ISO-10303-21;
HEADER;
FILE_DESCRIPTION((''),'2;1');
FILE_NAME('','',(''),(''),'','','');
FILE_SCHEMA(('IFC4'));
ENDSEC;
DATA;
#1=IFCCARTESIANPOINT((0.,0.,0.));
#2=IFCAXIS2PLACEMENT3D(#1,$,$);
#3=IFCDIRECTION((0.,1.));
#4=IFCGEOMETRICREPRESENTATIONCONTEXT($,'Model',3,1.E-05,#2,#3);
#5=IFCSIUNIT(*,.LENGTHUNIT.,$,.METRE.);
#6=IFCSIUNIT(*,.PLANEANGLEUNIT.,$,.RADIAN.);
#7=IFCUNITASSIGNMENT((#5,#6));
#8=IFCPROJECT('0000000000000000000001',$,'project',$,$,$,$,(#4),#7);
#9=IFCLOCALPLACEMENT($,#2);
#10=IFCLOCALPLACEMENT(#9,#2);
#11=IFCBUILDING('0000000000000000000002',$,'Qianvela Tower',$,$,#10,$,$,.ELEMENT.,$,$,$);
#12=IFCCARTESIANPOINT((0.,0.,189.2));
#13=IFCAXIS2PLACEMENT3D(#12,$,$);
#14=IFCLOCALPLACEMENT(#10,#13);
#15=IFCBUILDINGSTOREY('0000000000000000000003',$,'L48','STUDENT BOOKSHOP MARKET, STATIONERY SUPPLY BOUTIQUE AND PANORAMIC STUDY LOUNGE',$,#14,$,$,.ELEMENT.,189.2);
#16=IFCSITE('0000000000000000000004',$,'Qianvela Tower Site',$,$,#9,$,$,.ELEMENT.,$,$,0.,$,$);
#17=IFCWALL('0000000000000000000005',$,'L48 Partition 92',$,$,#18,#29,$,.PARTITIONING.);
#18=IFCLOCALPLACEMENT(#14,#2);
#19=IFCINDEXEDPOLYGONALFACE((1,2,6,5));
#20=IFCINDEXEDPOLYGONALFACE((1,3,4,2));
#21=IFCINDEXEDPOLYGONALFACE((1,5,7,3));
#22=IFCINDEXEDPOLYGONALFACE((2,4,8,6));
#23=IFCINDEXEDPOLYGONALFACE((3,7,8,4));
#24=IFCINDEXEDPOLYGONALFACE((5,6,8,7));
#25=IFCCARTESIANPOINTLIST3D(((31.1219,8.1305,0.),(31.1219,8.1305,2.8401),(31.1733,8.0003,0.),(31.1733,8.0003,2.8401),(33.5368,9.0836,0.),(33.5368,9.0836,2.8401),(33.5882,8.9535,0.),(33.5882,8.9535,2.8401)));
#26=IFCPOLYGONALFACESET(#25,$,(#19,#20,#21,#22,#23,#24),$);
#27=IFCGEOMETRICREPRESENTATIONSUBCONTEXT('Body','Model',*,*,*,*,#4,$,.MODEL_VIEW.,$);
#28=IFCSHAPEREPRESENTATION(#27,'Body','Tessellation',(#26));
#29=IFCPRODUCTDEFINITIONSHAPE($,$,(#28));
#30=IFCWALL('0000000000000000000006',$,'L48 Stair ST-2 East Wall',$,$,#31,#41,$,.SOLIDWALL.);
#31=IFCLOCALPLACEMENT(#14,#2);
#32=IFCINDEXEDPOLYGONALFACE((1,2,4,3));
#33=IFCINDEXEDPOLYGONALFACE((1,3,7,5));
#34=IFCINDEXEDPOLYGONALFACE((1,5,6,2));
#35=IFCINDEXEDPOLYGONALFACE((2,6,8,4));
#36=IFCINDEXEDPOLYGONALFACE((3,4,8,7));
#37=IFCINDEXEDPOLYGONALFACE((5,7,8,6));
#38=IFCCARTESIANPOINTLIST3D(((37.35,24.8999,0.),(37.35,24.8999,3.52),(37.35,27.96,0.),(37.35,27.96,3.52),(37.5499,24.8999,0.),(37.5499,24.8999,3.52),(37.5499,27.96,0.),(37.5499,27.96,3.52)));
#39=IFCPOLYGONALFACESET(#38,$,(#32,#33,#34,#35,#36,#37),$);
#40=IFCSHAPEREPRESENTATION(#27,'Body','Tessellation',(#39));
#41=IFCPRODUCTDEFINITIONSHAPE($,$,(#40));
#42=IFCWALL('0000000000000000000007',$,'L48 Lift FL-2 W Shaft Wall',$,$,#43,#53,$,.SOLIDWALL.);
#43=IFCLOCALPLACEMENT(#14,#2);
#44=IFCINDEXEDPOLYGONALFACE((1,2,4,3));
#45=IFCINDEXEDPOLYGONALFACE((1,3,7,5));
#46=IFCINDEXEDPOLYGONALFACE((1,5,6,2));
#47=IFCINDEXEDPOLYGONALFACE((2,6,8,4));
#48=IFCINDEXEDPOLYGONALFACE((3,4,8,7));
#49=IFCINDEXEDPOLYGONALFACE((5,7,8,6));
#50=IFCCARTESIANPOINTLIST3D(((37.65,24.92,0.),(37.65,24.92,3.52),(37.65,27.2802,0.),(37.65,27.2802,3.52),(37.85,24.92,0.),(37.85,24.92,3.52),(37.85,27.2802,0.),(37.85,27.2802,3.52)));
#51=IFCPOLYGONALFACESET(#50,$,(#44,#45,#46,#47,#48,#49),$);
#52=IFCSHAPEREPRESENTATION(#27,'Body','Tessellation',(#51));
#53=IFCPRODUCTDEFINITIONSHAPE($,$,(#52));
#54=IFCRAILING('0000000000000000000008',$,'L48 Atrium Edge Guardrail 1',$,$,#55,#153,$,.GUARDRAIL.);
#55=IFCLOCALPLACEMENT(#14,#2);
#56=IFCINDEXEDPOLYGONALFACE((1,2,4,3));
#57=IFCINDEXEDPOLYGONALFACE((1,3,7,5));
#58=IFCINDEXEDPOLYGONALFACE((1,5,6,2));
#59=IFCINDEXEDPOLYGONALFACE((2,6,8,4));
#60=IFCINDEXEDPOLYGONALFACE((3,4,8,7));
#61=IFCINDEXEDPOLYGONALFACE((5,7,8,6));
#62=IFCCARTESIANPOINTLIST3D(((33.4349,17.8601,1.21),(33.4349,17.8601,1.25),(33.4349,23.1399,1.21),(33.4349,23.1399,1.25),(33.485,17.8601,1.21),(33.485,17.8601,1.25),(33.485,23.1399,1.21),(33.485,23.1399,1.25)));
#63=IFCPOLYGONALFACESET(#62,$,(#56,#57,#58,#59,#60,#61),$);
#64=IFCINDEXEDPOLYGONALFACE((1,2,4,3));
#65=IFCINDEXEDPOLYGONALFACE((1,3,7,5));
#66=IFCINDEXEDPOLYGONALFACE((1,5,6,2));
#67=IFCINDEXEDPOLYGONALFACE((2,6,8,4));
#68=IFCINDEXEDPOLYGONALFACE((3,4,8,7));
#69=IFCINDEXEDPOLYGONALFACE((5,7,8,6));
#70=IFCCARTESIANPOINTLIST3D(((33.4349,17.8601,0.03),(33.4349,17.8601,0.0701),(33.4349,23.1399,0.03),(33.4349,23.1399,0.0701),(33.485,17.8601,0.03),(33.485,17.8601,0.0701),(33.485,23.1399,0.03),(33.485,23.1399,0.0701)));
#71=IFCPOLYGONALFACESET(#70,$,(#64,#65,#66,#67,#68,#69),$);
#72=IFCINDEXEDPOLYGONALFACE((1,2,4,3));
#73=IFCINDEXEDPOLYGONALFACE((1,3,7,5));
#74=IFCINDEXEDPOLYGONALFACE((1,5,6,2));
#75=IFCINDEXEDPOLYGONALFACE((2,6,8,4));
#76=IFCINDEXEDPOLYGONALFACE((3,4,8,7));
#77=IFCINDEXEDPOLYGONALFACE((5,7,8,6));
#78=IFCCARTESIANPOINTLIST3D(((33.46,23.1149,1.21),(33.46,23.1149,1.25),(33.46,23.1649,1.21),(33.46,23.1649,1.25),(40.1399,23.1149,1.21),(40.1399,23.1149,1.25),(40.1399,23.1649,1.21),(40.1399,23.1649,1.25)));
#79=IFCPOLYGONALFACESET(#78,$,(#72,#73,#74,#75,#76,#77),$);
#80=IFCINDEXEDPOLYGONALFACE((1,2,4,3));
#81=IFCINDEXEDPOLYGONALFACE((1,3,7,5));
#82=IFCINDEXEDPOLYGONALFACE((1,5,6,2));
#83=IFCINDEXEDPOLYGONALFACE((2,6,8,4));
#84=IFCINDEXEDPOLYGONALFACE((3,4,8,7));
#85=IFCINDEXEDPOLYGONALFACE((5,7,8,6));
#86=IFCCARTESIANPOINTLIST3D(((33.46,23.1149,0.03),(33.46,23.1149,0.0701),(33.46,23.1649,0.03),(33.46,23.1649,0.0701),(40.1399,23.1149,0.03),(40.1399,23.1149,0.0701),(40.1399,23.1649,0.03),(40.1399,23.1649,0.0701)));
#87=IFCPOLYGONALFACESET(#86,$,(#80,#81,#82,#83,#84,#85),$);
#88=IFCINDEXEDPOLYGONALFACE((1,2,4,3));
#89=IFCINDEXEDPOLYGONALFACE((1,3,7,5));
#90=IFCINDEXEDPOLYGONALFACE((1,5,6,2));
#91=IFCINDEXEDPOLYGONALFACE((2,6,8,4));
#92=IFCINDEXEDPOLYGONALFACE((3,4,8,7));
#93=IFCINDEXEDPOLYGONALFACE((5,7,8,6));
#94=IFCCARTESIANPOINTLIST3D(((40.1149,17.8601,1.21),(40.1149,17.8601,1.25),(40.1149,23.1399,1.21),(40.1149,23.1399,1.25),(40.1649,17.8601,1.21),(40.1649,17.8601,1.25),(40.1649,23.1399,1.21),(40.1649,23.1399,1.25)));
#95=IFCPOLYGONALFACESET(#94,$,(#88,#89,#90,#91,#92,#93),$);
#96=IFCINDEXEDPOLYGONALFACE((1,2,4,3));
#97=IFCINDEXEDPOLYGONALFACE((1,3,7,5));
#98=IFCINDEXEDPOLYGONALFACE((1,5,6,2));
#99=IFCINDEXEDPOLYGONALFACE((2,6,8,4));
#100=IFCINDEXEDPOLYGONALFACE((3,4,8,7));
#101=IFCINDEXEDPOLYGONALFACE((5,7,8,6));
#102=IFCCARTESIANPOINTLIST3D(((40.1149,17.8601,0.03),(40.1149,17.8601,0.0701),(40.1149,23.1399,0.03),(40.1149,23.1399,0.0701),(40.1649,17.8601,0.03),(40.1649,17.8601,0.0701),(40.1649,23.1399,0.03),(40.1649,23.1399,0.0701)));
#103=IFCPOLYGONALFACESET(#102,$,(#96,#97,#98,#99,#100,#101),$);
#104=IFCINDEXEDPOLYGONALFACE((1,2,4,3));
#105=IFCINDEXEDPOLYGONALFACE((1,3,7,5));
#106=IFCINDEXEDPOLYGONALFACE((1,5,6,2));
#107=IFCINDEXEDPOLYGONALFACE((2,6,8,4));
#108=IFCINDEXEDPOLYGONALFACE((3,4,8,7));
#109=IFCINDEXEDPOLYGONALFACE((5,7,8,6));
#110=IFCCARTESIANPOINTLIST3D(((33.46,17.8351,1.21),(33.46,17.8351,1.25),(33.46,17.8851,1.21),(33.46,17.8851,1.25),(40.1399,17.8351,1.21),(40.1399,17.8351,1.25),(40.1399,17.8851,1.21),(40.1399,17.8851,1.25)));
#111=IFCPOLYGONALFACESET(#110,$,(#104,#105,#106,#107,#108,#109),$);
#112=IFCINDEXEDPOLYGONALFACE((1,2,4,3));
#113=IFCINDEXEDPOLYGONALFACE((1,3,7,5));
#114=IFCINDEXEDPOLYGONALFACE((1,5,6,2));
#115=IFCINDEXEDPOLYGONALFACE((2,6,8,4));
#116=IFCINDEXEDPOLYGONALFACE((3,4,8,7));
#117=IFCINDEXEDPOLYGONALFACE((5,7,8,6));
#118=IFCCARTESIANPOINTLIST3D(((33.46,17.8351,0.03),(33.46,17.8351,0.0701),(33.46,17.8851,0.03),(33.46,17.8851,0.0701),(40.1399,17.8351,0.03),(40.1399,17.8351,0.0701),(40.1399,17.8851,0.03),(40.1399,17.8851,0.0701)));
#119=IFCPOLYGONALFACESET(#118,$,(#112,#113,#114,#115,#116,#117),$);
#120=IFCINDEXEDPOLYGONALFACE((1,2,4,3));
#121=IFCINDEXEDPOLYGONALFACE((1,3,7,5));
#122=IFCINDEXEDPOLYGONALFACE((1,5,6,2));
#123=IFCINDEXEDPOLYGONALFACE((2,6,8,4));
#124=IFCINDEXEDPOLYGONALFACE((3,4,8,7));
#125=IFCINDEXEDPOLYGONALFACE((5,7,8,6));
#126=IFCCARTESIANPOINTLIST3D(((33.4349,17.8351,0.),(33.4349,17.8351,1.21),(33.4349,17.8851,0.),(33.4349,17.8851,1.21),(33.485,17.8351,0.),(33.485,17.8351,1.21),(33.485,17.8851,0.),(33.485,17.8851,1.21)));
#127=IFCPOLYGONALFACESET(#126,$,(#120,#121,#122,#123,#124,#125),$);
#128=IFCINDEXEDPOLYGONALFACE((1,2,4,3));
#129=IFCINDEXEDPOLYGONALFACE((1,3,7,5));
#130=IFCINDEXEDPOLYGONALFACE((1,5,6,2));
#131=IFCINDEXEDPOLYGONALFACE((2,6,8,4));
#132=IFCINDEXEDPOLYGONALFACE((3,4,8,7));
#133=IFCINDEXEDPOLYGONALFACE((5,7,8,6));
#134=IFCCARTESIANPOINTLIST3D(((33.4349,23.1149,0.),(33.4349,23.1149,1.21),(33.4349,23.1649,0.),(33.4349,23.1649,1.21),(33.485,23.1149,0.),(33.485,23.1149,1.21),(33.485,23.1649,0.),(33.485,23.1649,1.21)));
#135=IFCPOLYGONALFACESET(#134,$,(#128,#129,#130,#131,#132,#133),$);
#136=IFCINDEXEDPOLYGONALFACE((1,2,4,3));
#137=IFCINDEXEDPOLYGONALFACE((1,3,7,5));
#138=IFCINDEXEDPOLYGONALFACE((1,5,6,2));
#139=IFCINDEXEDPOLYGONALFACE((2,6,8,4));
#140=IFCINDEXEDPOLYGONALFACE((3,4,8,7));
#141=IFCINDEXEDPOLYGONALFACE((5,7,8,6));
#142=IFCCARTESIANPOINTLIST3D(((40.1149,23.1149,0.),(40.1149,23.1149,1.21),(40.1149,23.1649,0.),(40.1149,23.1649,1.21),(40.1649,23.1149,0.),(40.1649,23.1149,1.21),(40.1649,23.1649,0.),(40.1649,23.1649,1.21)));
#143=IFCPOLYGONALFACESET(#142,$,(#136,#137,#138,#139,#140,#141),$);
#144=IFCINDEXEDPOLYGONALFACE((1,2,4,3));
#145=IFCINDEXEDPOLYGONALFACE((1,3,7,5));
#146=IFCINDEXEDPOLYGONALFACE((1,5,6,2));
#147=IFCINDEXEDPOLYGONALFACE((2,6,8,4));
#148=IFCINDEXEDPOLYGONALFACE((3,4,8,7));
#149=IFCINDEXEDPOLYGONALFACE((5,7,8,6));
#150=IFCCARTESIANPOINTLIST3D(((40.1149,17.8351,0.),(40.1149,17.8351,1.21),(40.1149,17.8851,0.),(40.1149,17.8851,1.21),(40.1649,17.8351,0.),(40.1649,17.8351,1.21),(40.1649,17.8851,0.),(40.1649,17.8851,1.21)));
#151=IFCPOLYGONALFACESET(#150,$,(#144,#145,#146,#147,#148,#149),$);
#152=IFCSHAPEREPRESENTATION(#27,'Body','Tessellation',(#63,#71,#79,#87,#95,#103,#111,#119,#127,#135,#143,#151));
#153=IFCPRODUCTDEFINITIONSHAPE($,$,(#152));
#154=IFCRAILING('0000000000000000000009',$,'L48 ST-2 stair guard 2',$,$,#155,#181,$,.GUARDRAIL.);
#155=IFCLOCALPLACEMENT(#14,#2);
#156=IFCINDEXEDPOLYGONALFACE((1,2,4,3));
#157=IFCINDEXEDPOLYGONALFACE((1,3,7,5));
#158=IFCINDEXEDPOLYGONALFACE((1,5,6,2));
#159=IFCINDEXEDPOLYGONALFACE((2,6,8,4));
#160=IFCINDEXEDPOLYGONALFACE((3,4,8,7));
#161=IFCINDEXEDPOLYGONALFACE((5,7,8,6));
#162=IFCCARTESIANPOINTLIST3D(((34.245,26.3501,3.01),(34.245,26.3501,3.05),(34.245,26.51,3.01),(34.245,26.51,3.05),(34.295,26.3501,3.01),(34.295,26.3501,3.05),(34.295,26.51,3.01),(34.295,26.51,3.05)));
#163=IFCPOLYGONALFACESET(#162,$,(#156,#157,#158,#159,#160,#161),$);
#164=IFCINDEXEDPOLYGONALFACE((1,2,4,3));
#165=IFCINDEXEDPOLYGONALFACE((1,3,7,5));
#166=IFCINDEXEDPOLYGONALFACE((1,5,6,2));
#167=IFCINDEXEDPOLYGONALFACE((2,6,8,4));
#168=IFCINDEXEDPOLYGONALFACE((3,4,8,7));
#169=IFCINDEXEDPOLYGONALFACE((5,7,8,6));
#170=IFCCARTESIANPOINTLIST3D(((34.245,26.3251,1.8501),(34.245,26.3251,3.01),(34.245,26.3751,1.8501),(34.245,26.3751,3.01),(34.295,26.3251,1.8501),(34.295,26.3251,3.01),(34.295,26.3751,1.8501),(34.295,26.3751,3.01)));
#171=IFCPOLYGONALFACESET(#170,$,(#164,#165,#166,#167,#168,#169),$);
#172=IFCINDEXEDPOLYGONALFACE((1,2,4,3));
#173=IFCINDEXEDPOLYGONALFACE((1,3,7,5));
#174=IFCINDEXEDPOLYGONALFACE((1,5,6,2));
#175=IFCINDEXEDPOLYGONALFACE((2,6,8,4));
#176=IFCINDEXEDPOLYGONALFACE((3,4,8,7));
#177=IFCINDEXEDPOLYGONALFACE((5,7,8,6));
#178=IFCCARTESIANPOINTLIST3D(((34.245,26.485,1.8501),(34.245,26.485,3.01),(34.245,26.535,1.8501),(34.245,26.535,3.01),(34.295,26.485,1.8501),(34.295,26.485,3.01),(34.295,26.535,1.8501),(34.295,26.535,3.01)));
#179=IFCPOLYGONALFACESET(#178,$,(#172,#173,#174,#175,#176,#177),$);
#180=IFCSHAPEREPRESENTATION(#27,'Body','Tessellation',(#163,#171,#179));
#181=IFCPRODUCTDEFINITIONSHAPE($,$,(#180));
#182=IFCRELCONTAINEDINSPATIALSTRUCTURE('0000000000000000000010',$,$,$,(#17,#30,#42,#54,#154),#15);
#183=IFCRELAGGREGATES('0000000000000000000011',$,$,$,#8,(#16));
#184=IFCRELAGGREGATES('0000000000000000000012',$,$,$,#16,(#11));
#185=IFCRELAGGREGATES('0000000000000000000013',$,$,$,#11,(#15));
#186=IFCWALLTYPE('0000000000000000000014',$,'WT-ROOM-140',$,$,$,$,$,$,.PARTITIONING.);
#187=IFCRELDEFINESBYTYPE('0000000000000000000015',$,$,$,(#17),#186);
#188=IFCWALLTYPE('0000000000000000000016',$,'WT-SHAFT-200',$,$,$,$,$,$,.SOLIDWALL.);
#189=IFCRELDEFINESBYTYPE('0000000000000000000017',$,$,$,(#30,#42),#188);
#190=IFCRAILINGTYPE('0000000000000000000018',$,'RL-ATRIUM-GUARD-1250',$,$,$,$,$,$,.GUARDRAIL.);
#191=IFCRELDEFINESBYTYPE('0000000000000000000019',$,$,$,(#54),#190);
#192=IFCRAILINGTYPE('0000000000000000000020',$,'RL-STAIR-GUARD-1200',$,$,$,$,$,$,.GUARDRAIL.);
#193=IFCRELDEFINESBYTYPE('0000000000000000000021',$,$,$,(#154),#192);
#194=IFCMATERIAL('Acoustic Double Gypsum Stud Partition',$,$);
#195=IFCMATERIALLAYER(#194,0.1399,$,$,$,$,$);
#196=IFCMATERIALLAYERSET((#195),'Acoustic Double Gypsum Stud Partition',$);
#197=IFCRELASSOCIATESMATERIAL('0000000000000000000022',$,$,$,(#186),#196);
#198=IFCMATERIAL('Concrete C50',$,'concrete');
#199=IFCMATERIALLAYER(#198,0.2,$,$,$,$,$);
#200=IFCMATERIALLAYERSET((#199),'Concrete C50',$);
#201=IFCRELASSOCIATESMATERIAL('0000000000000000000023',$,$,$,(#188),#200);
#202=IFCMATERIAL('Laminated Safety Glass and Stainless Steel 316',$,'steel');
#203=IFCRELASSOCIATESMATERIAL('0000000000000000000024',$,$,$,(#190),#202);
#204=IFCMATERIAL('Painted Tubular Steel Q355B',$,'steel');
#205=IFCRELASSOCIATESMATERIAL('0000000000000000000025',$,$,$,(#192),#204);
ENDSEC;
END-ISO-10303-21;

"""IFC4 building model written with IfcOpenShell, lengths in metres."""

from ifc_helpers import new_model, si_unit, direction, frame, frame_2d, origin, origin_2d, place, context, subcontext, project, spatial, rectangle, extrude, material, layer, layer_set, type_object, element, save


model = new_model("IFC4")

# Units and contexts
model_context = context("Model", 3, precision=1e-05, world=origin(), true_north=direction((0.0, 1.0)))
body_context = subcontext(model_context, "Body", "Model", "MODEL_VIEW")
ifc_project = project(units=[si_unit("LENGTHUNIT", "METRE"), si_unit("PLANEANGLEUNIT", "RADIAN")], contexts=[model_context])

# Site, building, storey
site_placement = place(None, origin())
site = spatial("IfcSite", under=ifc_project, at=site_placement, Name="Qianvela Tower Site", CompositionType="ELEMENT", RefElevation=0.0)
building_placement = place(site_placement, origin())
building = spatial("IfcBuilding", under=site, at=building_placement, Name="Qianvela Tower", CompositionType="ELEMENT")
storey_placement = place(building_placement, frame((0.0, 0.0, 189.2)))
storey = spatial("IfcBuildingStorey", under=building, at=storey_placement, Name="L48", Description="STUDENT BOOKSHOP MARKET, STATIONERY SUPPLY BOUTIQUE AND PANORAMIC STUDY LOUNGE", CompositionType="ELEMENT", Elevation=189.2)

# Walls
ifc_material_1 = material(Name="Acoustic Double Gypsum Stud Partition")
ifc_layer_1 = layer(ifc_material_1, 0.1399)
ifc_layer_set_1 = layer_set([ifc_layer_1], Name="Acoustic Double Gypsum Stud Partition")
wall_type_1 = type_object("IfcWallType", Name="WT-ROOM-140", PredefinedType="PARTITIONING", material=ifc_layer_set_1)
wall_1_placement = place(storey_placement, frame((33.5625, 9.0186, 0.0), z_axis=(0.0, 0.0, 1.0), x_axis=(-0.930166, -0.367139, 0.0)))
element("IfcWall", 1, at=wall_1_placement, inside=storey, type_object=wall_type_1, Name="L48 Partition 92", PredefinedType="PARTITIONING", context=body_context, shape_type="SweptSolid", body=[
    extrude(rectangle(XDim=2.5962, YDim=0.1399, at=frame_2d((1.2981, 0.0))), origin(), (0.0, 0.0, 1.0), 2.8401),
])
ifc_material_2 = material(Name="Concrete C50", Category="concrete")
ifc_layer_2 = layer(ifc_material_2, 0.2)
ifc_layer_set_2 = layer_set([ifc_layer_2], Name="Concrete C50")
wall_type_2 = type_object("IfcWallType", Name="WT-SHAFT-200", PredefinedType="SOLIDWALL", material=ifc_layer_set_2)
wall_2_placement = place(storey_placement, frame((37.45, 24.8999, 0.0), z_axis=(0.0, 0.0, 1.0), x_axis=(0.0, 1.0, 0.0)))
element("IfcWall", 2, at=wall_2_placement, inside=storey, type_object=wall_type_2, Name="L48 Stair ST-2 East Wall", PredefinedType="SOLIDWALL", context=body_context, shape_type="SweptSolid", body=[
    extrude(rectangle(XDim=3.0601, YDim=0.2, at=frame_2d((1.53, 0.0))), origin(), (0.0, 0.0, 1.0), 3.52),
])

# Wall
wall_3_placement = place(storey_placement, frame((37.75, 24.9199, 0.0), z_axis=(0.0, 0.0, 1.0), x_axis=(0.0, 1.0, 0.0)))
element("IfcWall", 3, at=wall_3_placement, inside=storey, type_object=wall_type_2, Name="L48 Lift FL-2 W Shaft Wall", PredefinedType="SOLIDWALL", context=body_context, shape_type="SweptSolid", body=[
    extrude(rectangle(XDim=2.3601, YDim=0.2, at=frame_2d((1.1802, 0.0))), origin(), (0.0, 0.0, 1.0), 3.52),
])

# Railings
ifc_material_3 = material(Name="Laminated Safety Glass and Stainless Steel 316", Category="steel")
railing_type_1 = type_object("IfcRailingType", Name="RL-ATRIUM-GUARD-1250", PredefinedType="GUARDRAIL", material=ifc_material_3)
railing_1_placement = place(storey_placement, frame((33.46, 17.8601, 0.0)))
element("IfcRailing", 4, at=railing_1_placement, inside=storey, type_object=railing_type_1, Name="L48 Atrium Edge Guardrail 1", PredefinedType="GUARDRAIL", context=body_context, shape_type="SweptSolid", body=[
    extrude(rectangle(XDim=0.05, YDim=0.04, at=origin_2d()), frame((0.0, 0.0, 1.23), z_axis=(0.0, 1.0, 0.0), x_axis=(-1.0, 0.0, 0.0)), (0.0, 0.0, 1.0), 5.2798),
    extrude(rectangle(XDim=0.05, YDim=0.04, at=origin_2d()), frame((0.0, 0.0, 0.05), z_axis=(0.0, 1.0, 0.0), x_axis=(-1.0, 0.0, 0.0)), (0.0, 0.0, 1.0), 5.2798),
    extrude(rectangle(XDim=0.05, YDim=0.04, at=origin_2d()), frame((0.0, 5.2798, 1.23), z_axis=(1.0, 0.0, 0.0), x_axis=(0.0, 1.0, 0.0)), (0.0, 0.0, 1.0), 6.6799),
    extrude(rectangle(XDim=0.05, YDim=0.04, at=origin_2d()), frame((0.0, 5.2798, 0.05), z_axis=(1.0, 0.0, 0.0), x_axis=(0.0, 1.0, 0.0)), (0.0, 0.0, 1.0), 6.6799),
    extrude(rectangle(XDim=0.05, YDim=0.04, at=origin_2d()), frame((6.6799, 5.2798, 1.23), z_axis=(0.0, -1.0, 0.0), x_axis=(1.0, 0.0, 0.0)), (0.0, 0.0, 1.0), 5.2798),
    extrude(rectangle(XDim=0.05, YDim=0.04, at=origin_2d()), frame((6.6799, 5.2798, 0.05), z_axis=(0.0, -1.0, 0.0), x_axis=(1.0, 0.0, 0.0)), (0.0, 0.0, 1.0), 5.2798),
    extrude(rectangle(XDim=0.05, YDim=0.04, at=origin_2d()), frame((6.6799, 0.0, 1.23), z_axis=(-1.0, 0.0, 0.0), x_axis=(0.0, -1.0, 0.0)), (0.0, 0.0, 1.0), 6.6799),
    extrude(rectangle(XDim=0.05, YDim=0.04, at=origin_2d()), frame((6.6799, 0.0, 0.05), z_axis=(-1.0, 0.0, 0.0), x_axis=(0.0, -1.0, 0.0)), (0.0, 0.0, 1.0), 6.6799),
    extrude(rectangle(XDim=0.05, YDim=0.05, at=origin_2d()), origin(), (0.0, 0.0, 1.0), 1.21),
    extrude(rectangle(XDim=0.05, YDim=0.05, at=origin_2d()), frame((0.0, 5.2798, 0.0)), (0.0, 0.0, 1.0), 1.21),
    extrude(rectangle(XDim=0.05, YDim=0.05, at=origin_2d()), frame((6.6799, 5.2798, 0.0)), (0.0, 0.0, 1.0), 1.21),
    extrude(rectangle(XDim=0.05, YDim=0.05, at=origin_2d()), frame((6.6799, 0.0, 0.0)), (0.0, 0.0, 1.0), 1.21),
])
ifc_material_4 = material(Name="Painted Tubular Steel Q355B", Category="steel")
railing_type_2 = type_object("IfcRailingType", Name="RL-STAIR-GUARD-1200", PredefinedType="GUARDRAIL", material=ifc_material_4)
railing_2_placement = place(storey_placement, frame((34.27, 26.3501, 1.8501)))
element("IfcRailing", 5, at=railing_2_placement, inside=storey, type_object=railing_type_2, Name="L48 ST-2 stair guard 2", PredefinedType="GUARDRAIL", context=body_context, shape_type="SweptSolid", body=[
    extrude(rectangle(XDim=0.05, YDim=0.04, at=origin_2d()), frame((0.0, 0.0, 1.1799), z_axis=(0.0, 1.0, 0.0), x_axis=(-1.0, 0.0, 0.0)), (0.0, 0.0, 1.0), 0.1599),
    extrude(rectangle(XDim=0.05, YDim=0.05, at=origin_2d()), origin(), (0.0, 0.0, 1.0), 1.1599),
    extrude(rectangle(XDim=0.05, YDim=0.05, at=origin_2d()), frame((0.0, 0.1599, 0.0)), (0.0, 0.0, 1.0), 1.1599),
])

save(model, "model.ifc")
